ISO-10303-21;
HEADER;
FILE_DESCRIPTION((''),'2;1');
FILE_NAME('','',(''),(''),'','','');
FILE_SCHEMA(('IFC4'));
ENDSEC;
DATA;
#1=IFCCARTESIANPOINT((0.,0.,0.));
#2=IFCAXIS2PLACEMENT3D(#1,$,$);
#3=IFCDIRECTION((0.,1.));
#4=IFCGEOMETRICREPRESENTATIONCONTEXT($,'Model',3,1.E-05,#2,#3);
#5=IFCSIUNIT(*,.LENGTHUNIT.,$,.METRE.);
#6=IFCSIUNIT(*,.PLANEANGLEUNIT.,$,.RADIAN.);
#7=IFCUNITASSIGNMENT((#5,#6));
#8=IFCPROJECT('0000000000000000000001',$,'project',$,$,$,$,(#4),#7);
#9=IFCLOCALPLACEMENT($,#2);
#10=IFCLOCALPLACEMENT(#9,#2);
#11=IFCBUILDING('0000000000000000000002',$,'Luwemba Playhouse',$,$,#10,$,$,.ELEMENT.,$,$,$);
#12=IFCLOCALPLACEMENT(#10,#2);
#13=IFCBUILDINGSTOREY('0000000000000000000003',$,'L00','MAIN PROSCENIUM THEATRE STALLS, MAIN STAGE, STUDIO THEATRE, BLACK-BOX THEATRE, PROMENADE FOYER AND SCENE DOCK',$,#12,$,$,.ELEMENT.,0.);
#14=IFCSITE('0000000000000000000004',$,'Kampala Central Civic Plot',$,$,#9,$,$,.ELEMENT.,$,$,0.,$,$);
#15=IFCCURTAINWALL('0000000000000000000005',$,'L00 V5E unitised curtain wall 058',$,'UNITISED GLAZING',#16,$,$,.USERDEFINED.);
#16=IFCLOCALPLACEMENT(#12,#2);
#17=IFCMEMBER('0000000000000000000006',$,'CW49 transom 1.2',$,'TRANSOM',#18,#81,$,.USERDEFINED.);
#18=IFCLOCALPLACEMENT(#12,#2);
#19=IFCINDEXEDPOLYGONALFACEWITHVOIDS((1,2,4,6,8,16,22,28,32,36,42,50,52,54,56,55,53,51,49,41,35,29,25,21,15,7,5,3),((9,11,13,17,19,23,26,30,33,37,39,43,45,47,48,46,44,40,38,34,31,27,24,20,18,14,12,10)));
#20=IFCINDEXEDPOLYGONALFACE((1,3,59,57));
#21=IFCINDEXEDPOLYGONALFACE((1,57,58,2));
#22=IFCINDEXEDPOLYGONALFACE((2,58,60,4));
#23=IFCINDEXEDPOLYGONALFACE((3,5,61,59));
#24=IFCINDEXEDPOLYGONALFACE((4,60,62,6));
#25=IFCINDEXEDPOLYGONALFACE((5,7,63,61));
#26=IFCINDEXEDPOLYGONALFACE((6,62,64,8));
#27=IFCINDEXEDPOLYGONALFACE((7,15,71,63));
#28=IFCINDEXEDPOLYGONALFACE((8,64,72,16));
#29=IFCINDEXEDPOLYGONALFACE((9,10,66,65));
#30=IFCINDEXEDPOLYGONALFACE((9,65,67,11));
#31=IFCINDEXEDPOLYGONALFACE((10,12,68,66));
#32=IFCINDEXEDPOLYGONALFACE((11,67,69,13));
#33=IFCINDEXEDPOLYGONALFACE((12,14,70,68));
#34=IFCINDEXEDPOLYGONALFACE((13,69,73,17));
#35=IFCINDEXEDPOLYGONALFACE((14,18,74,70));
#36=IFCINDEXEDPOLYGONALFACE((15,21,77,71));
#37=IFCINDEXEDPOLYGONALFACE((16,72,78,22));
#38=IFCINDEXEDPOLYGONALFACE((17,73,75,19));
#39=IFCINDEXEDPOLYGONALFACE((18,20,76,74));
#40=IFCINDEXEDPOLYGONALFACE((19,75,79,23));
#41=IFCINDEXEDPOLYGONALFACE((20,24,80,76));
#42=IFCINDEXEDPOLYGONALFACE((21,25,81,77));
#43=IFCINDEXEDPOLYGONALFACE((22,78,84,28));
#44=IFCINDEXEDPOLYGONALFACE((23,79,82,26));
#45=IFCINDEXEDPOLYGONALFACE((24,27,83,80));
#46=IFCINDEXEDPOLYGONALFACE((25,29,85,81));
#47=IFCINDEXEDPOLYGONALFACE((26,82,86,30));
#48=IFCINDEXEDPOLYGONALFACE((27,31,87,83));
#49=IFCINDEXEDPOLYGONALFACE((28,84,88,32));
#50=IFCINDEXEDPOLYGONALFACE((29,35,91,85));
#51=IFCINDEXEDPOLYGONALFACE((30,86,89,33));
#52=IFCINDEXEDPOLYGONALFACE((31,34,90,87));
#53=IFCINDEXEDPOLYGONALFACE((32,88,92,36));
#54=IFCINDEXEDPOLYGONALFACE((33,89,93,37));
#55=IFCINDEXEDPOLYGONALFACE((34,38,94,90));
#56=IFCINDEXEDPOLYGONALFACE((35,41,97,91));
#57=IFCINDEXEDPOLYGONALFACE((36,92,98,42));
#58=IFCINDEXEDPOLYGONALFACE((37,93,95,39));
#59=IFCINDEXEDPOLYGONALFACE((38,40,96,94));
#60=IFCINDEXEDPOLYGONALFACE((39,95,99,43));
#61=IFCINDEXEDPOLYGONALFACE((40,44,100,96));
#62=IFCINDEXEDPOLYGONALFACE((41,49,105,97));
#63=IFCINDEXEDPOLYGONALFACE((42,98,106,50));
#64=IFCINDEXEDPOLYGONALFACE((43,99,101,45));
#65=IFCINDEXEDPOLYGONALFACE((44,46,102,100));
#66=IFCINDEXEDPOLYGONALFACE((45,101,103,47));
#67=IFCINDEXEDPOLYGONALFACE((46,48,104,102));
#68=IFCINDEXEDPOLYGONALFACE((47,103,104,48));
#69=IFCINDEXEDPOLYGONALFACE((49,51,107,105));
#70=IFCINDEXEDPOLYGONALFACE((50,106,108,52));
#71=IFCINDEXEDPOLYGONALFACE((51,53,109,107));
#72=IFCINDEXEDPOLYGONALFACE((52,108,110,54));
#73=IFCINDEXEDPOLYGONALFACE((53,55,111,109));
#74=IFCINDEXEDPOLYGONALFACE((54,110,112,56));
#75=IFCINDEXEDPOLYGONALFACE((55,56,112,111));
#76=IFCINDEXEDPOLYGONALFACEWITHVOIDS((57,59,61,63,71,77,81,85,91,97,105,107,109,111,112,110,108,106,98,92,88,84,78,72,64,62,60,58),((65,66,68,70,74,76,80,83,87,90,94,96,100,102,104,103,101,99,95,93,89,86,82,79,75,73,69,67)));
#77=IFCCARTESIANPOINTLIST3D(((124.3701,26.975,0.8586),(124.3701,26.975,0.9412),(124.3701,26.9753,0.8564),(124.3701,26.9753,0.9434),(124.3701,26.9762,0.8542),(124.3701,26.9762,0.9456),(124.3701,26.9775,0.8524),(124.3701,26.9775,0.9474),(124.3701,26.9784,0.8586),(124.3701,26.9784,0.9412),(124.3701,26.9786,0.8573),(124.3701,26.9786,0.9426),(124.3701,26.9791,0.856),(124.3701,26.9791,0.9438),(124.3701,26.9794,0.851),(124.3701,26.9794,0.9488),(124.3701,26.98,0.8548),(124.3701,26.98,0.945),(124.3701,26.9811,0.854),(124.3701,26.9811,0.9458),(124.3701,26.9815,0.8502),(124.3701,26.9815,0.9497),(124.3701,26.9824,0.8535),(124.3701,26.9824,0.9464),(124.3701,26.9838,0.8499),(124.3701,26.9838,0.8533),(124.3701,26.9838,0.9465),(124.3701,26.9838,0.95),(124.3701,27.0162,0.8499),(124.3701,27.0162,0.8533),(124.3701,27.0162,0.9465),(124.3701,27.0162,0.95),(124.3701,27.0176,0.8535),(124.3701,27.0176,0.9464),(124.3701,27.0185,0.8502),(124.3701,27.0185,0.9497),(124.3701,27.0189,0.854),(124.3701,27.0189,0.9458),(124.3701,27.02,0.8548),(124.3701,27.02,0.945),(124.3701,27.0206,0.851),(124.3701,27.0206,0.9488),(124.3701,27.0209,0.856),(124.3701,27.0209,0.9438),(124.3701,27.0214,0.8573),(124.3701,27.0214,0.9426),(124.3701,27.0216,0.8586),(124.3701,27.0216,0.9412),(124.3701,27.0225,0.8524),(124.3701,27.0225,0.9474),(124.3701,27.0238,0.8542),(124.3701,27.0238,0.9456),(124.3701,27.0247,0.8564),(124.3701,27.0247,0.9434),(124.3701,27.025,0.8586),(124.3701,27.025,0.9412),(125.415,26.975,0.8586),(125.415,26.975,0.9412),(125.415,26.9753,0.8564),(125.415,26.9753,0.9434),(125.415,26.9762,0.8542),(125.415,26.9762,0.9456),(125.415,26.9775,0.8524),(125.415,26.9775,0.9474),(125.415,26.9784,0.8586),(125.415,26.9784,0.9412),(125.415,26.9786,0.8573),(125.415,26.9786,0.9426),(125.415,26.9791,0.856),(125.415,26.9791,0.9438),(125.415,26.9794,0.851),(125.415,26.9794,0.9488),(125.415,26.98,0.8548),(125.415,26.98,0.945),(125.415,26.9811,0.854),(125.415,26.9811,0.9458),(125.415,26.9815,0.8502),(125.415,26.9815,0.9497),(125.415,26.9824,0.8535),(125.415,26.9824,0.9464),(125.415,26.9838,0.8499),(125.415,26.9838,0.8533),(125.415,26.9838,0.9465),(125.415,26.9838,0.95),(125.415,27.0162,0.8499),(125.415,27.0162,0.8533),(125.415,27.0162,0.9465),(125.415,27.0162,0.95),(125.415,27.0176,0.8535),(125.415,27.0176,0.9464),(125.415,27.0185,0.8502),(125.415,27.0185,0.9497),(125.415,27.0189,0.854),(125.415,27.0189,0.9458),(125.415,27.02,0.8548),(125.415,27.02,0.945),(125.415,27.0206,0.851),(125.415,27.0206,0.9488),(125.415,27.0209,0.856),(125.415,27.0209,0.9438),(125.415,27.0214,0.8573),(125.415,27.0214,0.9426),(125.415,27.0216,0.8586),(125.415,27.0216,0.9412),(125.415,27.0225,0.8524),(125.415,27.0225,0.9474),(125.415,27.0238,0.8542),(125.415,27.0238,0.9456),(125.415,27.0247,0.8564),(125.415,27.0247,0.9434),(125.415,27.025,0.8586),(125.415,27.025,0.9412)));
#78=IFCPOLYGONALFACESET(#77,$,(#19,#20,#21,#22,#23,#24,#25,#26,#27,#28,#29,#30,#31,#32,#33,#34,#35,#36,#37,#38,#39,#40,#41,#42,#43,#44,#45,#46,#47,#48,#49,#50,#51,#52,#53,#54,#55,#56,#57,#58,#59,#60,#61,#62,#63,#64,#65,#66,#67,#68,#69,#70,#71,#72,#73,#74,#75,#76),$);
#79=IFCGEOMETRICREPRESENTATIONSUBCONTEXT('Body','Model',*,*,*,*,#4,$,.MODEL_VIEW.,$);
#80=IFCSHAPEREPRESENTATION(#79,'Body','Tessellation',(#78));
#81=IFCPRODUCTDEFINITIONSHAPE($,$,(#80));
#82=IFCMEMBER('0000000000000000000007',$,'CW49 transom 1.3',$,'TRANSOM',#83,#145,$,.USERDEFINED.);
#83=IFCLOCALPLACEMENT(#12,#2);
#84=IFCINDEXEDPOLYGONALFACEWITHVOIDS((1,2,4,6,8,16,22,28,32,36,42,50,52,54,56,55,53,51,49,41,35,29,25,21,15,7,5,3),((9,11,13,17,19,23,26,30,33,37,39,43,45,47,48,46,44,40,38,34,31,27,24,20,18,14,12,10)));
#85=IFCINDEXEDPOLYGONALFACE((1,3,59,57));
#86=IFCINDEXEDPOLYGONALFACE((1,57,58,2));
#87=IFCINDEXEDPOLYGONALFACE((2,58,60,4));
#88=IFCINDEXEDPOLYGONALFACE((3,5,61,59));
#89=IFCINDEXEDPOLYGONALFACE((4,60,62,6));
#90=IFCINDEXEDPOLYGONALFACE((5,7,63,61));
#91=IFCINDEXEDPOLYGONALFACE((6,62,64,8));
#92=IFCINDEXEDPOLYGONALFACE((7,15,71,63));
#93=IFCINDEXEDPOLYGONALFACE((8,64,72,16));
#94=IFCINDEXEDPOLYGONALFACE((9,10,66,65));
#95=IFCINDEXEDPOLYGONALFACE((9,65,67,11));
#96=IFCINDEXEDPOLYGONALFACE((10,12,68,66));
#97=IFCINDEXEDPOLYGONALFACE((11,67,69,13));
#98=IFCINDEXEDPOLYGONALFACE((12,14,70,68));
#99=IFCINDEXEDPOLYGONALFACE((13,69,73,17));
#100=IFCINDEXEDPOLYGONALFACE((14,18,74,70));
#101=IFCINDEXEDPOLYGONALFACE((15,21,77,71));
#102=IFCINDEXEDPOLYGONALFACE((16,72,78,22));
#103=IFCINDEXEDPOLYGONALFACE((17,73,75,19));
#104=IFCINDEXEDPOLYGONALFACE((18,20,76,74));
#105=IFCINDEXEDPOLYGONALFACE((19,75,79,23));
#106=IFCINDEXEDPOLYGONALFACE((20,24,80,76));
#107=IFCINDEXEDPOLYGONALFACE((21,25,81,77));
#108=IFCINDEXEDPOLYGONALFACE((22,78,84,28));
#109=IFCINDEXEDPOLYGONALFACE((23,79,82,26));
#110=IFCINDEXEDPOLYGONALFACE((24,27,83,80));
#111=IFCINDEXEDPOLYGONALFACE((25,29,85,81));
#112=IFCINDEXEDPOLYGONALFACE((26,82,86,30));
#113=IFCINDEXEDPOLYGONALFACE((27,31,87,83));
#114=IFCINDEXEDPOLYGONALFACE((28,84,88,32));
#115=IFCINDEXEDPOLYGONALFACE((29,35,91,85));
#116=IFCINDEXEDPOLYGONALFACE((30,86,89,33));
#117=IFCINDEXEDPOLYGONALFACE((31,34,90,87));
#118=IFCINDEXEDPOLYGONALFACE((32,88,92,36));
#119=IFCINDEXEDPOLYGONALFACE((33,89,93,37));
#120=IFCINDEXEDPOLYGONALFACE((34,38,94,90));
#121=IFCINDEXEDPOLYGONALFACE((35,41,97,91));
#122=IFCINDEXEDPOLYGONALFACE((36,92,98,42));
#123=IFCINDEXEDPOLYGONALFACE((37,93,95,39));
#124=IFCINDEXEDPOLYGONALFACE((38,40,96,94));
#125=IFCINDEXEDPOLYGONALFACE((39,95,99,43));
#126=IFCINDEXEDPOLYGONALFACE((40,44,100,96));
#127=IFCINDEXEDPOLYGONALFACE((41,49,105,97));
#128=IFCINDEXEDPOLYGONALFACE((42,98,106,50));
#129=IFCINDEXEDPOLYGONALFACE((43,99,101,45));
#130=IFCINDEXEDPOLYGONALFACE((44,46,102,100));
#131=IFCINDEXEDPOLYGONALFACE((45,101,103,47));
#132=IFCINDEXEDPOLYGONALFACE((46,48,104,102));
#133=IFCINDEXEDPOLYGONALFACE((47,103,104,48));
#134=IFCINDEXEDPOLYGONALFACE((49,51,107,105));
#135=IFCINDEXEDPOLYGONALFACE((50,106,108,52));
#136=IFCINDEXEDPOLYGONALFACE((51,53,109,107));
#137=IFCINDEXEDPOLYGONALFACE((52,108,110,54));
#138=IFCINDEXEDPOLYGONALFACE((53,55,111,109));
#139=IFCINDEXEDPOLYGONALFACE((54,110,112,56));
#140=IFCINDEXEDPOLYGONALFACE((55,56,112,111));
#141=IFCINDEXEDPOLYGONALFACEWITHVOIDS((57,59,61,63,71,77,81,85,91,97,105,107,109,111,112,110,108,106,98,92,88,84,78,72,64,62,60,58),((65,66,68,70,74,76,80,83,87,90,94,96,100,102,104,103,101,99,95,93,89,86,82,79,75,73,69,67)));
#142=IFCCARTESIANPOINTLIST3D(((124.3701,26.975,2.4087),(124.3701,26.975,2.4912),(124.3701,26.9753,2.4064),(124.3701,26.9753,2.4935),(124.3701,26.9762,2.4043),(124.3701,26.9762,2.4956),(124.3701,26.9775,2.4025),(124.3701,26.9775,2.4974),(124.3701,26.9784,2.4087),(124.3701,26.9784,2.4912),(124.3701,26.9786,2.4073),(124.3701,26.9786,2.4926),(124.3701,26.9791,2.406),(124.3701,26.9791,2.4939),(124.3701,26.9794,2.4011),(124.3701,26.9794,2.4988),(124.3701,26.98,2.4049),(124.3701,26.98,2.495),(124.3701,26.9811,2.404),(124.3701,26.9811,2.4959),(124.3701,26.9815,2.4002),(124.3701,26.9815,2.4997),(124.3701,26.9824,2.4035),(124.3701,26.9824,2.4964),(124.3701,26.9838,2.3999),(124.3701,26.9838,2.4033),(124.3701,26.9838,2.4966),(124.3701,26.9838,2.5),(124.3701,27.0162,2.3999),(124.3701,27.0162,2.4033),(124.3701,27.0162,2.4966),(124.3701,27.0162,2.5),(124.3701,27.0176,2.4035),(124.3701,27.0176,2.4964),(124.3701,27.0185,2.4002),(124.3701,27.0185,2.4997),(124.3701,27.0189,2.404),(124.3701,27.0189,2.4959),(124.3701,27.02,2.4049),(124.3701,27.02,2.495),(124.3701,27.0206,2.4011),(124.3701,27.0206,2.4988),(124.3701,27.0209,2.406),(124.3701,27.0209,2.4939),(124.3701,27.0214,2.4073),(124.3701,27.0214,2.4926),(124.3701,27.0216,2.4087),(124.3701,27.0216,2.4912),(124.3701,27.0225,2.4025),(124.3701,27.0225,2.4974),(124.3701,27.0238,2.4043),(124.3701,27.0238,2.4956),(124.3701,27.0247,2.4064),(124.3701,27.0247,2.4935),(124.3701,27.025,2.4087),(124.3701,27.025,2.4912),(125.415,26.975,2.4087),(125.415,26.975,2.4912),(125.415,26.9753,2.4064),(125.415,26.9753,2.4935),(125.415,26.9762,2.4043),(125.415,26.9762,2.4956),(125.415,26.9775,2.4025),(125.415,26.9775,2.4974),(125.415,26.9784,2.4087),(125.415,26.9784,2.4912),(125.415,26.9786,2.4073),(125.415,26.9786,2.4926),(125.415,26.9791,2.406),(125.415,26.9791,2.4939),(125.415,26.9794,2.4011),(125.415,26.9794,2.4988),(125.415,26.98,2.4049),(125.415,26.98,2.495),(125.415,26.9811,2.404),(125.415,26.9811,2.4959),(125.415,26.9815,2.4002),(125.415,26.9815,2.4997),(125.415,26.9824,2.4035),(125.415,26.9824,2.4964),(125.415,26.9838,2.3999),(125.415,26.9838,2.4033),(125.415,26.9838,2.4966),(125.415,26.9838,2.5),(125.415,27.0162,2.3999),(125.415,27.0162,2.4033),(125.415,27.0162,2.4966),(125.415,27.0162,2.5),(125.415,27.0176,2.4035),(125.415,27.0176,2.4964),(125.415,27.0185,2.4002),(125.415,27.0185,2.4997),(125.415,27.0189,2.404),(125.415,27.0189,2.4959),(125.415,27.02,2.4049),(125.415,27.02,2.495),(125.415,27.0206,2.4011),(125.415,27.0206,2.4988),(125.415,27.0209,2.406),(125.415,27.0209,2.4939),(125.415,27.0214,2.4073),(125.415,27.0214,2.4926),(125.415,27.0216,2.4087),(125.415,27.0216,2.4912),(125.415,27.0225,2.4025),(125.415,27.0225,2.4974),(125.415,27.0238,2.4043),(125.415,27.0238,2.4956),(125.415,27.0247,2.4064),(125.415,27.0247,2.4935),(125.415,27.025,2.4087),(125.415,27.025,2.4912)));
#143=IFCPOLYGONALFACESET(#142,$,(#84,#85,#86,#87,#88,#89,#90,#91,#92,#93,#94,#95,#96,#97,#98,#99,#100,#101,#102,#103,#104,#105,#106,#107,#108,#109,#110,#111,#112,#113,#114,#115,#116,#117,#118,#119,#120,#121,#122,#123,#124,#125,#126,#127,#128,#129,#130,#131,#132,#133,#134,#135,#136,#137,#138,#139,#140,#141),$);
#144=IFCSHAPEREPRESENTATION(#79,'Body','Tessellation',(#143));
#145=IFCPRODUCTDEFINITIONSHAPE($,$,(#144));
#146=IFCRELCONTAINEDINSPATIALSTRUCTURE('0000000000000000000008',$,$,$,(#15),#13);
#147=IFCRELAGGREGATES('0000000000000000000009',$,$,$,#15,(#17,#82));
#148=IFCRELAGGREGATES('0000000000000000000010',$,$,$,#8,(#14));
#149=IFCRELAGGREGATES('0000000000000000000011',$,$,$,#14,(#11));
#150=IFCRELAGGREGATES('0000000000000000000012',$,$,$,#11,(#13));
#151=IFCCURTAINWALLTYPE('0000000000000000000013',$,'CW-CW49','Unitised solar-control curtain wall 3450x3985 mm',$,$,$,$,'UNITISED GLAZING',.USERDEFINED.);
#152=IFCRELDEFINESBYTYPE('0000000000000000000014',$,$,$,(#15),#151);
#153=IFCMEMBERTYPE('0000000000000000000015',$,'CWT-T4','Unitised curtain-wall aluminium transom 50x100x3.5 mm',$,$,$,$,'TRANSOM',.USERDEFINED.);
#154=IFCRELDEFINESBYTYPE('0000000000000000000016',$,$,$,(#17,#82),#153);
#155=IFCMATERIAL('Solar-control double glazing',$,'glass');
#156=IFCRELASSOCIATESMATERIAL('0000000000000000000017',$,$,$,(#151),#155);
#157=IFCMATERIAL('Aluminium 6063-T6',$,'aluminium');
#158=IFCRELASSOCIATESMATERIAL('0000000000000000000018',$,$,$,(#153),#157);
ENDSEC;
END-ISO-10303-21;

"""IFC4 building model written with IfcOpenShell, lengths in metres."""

from ifc_helpers import new_model, si_unit, direction, frame, origin, origin_2d, place, context, subcontext, project, spatial, hollow_rectangle, extrude, material, material_profile, profile_set, type_object, element, aggregate, save


model = new_model("IFC4")

# Units and contexts
model_context = context("Model", 3, precision=1e-05, world=origin(), true_north=direction((0.0, 1.0)))
body_context = subcontext(model_context, "Body", "Model", "MODEL_VIEW")
ifc_project = project(units=[si_unit("LENGTHUNIT", "METRE"), si_unit("PLANEANGLEUNIT", "RADIAN")], contexts=[model_context])

# Site, building, storey
site_placement = place(None, origin())
site = spatial("IfcSite", under=ifc_project, at=site_placement, Name="Kampala Central Civic Plot", CompositionType="ELEMENT", RefElevation=0.0)
building_placement = place(site_placement, origin())
building = spatial("IfcBuilding", under=site, at=building_placement, Name="Luwemba Playhouse", CompositionType="ELEMENT")
storey_placement = place(building_placement, origin())
storey = spatial("IfcBuildingStorey", under=building, at=storey_placement, Name="L00", Description="MAIN PROSCENIUM THEATRE STALLS, MAIN STAGE, STUDIO THEATRE, BLACK-BOX THEATRE, PROMENADE FOYER AND SCENE DOCK", CompositionType="ELEMENT", Elevation=0.0)

# Shared definitions
ifc_material_1 = material(Name="Solar-control double glazing", Category="glass")
ifc_material_2 = material(Name="Aluminium 6063-T6", Category="aluminium")

# Curtain wall
curtain_wall_type_1 = type_object("IfcCurtainWallType", Name="CW-CW49", Description="Unitised solar-control curtain wall 3450x3985 mm", ElementType="UNITISED GLAZING", PredefinedType="USERDEFINED", material=ifc_material_1)
curtain_wall_1_placement = place(storey_placement, origin())
curtain_wall_1 = element("IfcCurtainWall", 1, at=curtain_wall_1_placement, inside=storey, type_object=curtain_wall_type_1, Name="L00 V5E unitised curtain wall 058", ObjectType="UNITISED GLAZING", PredefinedType="USERDEFINED")

# Members
ifc_material_profile_1 = material_profile(ifc_material_2, hollow_rectangle(XDim=0.05, YDim=0.1001, WallThickness=0.0034, InnerFilletRadius=0.0054, OuterFilletRadius=0.0088, at=origin_2d()))
ifc_profile_set_1 = profile_set([ifc_material_profile_1], Name="Aluminium 6063-T6")
member_type_1 = type_object("IfcMemberType", Name="CWT-T4", Description="Unitised curtain-wall aluminium transom 50x100x3.5 mm", ElementType="TRANSOM", PredefinedType="USERDEFINED", material=ifc_profile_set_1)
member_1_placement = place(storey_placement, frame((124.3701, 27.0, 0.8999), z_axis=(1.0, 0.0, 0.0), x_axis=(0.0, 1.0, 0.0)))
member_1 = element("IfcMember", 2, at=member_1_placement, type_object=member_type_1, Name="CW49 transom 1.2", ObjectType="TRANSOM", PredefinedType="USERDEFINED", context=body_context, shape_type="SweptSolid", body=[
    extrude(hollow_rectangle(XDim=0.05, YDim=0.1001, WallThickness=0.0034, InnerFilletRadius=0.0054, OuterFilletRadius=0.0088, at=origin_2d()), origin(), (0.0, 0.0, 1.0), 1.0449),
])
member_2_placement = place(storey_placement, frame((124.3701, 27.0, 2.45), z_axis=(1.0, 0.0, 0.0), x_axis=(0.0, 1.0, 0.0)))
member_2 = element("IfcMember", 3, at=member_2_placement, type_object=member_type_1, Name="CW49 transom 1.3", ObjectType="TRANSOM", PredefinedType="USERDEFINED", context=body_context, shape_type="SweptSolid", body=[
    extrude(hollow_rectangle(XDim=0.05, YDim=0.1001, WallThickness=0.0034, InnerFilletRadius=0.0054, OuterFilletRadius=0.0088, at=origin_2d()), origin(), (0.0, 0.0, 1.0), 1.0449),
])
aggregate(curtain_wall_1, [member_1, member_2])

save(model, "model.ifc")
